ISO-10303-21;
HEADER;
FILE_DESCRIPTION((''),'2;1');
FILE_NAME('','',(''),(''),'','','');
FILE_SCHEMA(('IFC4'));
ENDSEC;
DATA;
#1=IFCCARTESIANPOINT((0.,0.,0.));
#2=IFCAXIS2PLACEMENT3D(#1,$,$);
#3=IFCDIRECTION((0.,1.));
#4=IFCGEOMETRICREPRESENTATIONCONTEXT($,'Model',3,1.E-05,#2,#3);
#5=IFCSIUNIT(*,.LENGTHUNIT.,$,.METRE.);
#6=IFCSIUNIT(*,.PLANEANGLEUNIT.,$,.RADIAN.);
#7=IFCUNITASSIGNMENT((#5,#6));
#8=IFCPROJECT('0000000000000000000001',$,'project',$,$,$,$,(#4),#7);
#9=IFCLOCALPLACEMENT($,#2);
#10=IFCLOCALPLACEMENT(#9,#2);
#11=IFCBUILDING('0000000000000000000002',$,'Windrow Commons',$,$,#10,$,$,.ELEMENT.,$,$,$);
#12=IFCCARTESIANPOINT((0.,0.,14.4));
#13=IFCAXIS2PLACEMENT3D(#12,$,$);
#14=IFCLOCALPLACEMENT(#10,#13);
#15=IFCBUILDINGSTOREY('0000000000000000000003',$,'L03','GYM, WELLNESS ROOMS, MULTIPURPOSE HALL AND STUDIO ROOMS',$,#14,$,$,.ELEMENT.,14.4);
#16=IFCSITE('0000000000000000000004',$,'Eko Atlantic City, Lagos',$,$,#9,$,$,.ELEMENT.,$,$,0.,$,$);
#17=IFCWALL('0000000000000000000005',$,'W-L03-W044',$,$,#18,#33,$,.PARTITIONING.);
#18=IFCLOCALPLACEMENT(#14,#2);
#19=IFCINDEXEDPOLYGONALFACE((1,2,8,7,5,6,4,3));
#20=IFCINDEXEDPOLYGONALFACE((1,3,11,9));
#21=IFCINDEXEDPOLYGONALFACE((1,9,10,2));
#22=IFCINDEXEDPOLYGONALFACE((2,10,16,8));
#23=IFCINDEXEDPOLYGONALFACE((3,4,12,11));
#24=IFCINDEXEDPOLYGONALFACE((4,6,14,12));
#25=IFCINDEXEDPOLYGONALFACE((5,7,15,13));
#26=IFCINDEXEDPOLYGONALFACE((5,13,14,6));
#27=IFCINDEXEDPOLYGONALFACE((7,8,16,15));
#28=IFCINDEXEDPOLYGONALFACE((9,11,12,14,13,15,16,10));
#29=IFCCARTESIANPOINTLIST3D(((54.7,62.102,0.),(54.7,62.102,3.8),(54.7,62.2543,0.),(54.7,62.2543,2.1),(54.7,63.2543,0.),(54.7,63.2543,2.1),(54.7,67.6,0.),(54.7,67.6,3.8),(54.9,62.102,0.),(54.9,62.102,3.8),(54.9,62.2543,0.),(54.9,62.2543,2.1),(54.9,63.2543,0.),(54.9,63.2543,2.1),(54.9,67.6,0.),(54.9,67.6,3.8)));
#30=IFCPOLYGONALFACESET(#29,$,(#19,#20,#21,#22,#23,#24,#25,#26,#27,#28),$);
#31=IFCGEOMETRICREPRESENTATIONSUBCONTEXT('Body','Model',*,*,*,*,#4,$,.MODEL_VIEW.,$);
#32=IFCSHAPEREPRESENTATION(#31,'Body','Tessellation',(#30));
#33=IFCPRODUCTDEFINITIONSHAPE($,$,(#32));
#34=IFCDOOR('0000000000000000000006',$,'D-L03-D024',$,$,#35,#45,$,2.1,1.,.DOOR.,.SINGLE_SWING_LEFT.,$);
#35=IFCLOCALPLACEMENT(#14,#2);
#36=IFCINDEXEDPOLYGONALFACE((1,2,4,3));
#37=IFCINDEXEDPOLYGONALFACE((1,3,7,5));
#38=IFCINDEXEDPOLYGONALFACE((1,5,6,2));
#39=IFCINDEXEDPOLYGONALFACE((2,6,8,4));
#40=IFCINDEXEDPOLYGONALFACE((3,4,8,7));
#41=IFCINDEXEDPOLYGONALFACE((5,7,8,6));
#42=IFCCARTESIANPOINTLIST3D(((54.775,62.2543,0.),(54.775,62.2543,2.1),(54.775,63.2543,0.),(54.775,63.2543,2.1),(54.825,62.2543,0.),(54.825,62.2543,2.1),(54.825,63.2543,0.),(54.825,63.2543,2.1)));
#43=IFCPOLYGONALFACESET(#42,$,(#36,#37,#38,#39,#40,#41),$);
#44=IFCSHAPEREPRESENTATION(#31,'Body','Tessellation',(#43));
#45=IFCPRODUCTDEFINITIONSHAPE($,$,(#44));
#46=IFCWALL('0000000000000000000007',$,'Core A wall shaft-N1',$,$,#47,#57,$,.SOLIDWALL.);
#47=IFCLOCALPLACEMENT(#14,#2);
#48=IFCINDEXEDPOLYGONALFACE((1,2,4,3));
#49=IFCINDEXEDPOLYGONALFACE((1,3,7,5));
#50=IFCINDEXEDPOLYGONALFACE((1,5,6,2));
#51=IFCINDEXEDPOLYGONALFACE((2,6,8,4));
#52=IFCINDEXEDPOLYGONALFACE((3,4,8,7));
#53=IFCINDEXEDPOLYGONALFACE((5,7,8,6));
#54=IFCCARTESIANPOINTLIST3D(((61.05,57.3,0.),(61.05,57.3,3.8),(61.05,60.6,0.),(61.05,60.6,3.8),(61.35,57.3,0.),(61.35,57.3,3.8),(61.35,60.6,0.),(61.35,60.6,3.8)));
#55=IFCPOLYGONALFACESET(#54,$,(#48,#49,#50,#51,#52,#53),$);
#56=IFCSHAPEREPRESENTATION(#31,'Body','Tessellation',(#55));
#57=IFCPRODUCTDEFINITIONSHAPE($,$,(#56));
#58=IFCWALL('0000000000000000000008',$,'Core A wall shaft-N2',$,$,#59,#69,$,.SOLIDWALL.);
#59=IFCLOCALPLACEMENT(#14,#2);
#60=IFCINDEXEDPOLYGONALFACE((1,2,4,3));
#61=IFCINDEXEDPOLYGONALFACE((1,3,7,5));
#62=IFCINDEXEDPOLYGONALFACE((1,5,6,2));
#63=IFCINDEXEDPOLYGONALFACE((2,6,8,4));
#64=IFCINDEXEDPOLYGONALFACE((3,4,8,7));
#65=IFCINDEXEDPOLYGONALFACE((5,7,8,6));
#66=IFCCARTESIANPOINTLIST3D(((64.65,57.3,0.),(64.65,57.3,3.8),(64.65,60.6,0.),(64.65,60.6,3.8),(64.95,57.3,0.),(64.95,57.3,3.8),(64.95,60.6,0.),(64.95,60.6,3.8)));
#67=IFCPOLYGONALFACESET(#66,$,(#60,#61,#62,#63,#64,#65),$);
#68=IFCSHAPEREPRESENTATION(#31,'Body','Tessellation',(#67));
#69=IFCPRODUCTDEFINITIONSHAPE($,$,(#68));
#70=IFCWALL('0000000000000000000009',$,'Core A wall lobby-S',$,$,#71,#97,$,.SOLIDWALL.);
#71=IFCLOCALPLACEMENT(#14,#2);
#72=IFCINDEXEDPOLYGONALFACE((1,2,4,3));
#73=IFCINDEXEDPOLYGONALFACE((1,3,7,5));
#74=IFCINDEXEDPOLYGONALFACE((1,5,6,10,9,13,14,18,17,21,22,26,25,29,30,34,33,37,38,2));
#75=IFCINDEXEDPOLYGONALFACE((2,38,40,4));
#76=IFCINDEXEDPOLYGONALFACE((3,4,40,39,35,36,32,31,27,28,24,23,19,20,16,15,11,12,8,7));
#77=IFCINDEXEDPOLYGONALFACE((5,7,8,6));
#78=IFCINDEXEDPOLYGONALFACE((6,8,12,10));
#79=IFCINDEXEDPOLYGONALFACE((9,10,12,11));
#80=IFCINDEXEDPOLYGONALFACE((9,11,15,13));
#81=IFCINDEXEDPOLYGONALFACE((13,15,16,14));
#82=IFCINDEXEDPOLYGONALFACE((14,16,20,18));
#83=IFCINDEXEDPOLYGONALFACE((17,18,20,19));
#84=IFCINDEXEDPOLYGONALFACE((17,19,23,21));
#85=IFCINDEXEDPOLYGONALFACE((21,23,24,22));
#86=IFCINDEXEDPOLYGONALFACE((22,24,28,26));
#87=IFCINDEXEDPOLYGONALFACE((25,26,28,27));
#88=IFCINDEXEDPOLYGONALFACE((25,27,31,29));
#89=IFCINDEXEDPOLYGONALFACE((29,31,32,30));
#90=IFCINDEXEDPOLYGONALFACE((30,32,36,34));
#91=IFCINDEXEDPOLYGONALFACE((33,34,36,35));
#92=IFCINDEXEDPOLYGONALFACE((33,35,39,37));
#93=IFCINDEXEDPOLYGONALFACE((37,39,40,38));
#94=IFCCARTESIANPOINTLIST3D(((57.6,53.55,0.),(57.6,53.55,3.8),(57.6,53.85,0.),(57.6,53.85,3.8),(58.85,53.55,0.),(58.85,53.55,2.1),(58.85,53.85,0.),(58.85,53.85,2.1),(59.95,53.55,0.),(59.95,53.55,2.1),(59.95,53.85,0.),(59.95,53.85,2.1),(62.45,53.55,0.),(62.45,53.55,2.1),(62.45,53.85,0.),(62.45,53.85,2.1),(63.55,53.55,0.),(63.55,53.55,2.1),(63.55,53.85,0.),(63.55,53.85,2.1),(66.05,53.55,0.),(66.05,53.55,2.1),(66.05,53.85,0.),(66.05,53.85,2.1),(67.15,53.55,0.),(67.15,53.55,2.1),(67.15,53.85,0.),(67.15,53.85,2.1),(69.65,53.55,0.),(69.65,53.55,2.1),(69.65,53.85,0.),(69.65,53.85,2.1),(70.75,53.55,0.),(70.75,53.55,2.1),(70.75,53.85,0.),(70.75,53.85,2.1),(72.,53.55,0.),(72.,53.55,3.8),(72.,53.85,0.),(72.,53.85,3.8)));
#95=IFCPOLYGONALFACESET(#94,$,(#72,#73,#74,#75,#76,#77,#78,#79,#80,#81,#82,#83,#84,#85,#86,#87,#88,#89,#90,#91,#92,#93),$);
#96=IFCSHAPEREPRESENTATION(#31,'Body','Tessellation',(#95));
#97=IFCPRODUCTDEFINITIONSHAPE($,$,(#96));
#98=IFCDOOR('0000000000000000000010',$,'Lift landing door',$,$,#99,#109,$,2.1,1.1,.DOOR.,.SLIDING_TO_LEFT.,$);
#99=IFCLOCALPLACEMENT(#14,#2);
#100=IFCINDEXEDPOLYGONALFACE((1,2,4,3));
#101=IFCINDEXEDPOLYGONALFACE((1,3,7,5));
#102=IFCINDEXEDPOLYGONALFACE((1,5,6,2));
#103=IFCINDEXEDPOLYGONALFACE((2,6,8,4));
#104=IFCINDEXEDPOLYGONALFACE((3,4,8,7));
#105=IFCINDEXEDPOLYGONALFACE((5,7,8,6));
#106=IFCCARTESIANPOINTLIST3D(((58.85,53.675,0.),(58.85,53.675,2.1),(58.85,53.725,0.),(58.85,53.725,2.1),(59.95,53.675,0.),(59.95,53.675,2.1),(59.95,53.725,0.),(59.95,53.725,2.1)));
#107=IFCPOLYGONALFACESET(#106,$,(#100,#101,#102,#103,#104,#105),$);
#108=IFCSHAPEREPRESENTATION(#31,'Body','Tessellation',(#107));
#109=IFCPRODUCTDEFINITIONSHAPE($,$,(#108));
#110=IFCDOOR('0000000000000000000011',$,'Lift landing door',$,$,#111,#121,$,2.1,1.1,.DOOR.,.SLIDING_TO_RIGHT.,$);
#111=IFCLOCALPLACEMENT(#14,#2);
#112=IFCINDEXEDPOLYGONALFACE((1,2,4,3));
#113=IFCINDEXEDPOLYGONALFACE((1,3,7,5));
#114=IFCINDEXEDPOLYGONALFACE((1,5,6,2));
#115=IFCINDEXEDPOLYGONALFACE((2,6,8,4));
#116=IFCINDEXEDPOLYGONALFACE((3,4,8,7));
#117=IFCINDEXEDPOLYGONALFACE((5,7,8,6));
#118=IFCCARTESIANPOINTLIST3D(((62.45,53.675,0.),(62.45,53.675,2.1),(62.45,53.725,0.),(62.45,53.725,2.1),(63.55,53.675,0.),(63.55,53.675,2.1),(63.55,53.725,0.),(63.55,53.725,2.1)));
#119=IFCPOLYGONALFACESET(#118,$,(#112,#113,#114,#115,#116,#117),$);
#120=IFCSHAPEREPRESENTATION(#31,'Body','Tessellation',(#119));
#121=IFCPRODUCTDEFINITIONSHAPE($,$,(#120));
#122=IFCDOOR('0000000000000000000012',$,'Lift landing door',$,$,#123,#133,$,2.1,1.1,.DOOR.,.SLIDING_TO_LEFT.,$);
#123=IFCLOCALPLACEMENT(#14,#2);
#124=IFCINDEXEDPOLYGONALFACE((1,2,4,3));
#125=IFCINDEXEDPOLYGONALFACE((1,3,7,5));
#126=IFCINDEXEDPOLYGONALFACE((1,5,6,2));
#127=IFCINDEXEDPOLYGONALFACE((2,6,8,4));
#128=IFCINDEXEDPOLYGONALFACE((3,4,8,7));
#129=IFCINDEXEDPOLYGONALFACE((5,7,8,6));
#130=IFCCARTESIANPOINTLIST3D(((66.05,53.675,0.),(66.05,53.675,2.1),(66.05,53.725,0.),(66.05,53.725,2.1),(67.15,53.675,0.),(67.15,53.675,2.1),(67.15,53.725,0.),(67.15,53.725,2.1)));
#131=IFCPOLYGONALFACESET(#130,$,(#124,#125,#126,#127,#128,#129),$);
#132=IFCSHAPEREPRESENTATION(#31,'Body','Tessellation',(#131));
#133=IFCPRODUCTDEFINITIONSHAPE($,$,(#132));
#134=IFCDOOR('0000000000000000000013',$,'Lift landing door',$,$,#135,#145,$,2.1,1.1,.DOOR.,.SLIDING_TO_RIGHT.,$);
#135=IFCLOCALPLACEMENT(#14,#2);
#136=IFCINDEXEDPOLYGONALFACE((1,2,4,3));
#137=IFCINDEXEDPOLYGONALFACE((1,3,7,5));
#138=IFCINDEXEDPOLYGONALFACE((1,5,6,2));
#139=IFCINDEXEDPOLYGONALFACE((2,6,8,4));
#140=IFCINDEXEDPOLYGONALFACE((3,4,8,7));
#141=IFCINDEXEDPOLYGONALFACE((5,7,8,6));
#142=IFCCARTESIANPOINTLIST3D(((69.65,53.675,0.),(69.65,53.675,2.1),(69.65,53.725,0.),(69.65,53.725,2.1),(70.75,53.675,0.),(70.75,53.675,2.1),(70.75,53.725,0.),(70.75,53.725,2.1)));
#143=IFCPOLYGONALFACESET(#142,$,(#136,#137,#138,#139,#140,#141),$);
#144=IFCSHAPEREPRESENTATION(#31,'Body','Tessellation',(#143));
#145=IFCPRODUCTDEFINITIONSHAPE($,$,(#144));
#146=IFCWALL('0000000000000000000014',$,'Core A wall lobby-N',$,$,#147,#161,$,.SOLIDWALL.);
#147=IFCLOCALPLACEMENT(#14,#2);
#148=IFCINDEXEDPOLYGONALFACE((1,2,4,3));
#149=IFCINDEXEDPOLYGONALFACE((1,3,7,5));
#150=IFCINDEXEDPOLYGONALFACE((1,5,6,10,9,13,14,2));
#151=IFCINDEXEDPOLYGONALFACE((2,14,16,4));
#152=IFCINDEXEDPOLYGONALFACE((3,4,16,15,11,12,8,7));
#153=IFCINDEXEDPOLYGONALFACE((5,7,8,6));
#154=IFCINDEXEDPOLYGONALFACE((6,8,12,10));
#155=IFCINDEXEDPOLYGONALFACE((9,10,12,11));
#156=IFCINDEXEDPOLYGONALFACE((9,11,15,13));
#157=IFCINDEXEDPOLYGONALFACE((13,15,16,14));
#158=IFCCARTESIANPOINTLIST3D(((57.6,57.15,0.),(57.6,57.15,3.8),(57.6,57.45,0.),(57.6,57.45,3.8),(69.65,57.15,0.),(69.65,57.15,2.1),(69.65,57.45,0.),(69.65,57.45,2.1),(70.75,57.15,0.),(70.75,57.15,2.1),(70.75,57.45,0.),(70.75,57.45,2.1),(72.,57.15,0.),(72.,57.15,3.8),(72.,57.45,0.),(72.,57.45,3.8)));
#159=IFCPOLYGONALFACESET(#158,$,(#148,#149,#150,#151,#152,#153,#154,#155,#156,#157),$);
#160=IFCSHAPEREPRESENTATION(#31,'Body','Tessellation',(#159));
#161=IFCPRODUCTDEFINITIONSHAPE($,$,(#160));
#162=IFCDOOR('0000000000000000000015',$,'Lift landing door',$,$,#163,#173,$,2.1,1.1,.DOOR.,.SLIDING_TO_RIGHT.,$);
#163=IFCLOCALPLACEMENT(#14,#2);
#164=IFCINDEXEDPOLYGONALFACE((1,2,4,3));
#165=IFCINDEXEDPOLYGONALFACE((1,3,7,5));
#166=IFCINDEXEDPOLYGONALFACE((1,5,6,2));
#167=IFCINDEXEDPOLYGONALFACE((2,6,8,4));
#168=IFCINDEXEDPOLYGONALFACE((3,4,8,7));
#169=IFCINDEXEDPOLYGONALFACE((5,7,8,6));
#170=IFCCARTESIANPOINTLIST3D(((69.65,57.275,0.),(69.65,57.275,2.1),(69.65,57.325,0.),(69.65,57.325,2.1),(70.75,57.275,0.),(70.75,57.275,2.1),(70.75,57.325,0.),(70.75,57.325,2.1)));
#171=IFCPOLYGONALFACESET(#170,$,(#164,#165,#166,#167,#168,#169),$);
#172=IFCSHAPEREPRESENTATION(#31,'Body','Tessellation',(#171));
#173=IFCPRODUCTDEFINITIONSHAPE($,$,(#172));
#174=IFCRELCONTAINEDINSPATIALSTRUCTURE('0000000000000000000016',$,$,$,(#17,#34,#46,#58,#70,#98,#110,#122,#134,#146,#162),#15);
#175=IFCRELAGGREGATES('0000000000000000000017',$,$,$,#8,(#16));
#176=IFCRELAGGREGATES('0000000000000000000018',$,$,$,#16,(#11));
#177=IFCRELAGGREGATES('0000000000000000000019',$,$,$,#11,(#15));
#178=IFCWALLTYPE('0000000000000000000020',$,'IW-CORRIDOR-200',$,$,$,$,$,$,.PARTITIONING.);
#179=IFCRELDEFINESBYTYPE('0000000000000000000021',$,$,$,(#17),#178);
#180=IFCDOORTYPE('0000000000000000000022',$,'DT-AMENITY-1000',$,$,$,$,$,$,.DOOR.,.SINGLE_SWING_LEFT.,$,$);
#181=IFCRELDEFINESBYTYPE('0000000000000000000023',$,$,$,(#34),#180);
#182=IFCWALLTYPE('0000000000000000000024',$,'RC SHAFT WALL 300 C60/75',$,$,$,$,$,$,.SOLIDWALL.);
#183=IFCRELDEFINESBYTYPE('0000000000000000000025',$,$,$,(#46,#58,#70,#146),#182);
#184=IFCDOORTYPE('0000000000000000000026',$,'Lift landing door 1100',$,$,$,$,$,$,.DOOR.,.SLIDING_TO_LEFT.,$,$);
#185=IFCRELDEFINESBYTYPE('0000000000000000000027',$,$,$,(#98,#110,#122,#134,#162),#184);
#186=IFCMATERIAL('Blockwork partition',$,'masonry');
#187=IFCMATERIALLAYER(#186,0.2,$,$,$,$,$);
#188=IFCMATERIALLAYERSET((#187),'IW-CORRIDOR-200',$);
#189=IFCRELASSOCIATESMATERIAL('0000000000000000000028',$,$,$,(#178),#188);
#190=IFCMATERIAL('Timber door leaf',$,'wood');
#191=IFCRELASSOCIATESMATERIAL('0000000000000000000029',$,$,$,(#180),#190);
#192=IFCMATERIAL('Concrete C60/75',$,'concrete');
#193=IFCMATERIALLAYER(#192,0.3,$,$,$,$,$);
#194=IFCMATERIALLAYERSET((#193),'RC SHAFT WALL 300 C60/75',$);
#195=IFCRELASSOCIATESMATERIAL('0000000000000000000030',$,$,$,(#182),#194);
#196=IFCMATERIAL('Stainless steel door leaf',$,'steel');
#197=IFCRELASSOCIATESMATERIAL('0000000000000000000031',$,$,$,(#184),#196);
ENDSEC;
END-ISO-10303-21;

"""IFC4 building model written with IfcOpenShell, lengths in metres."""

from ifc_helpers import new_model, si_unit, direction, frame, frame_2d, origin, place, context, subcontext, project, spatial, rectangle, extrude, material, layer, layer_set, type_object, element, fill, save


model = new_model("IFC4")

# Units and contexts
model_context = context("Model", 3, precision=1e-05, world=origin(), true_north=direction((0.0, 1.0)))
body_context = subcontext(model_context, "Body", "Model", "MODEL_VIEW")
ifc_project = project(units=[si_unit("LENGTHUNIT", "METRE"), si_unit("PLANEANGLEUNIT", "RADIAN")], contexts=[model_context])

# Site, building, storey
site_placement = place(None, origin())
site = spatial("IfcSite", under=ifc_project, at=site_placement, Name="Eko Atlantic City, Lagos", CompositionType="ELEMENT", RefElevation=0.0)
building_placement = place(site_placement, origin())
building = spatial("IfcBuilding", under=site, at=building_placement, Name="Windrow Commons", CompositionType="ELEMENT")
storey_placement = place(building_placement, frame((0.0, 0.0, 14.4)))
storey = spatial("IfcBuildingStorey", under=building, at=storey_placement, Name="L03", Description="GYM, WELLNESS ROOMS, MULTIPURPOSE HALL AND STUDIO ROOMS", CompositionType="ELEMENT", Elevation=14.4)

# Wall, opening, door
ifc_material_1 = material(Name="Blockwork partition", Category="masonry")
ifc_layer_1 = layer(ifc_material_1, 0.2)
ifc_layer_set_1 = layer_set([ifc_layer_1], Name="IW-CORRIDOR-200")
wall_type_1 = type_object("IfcWallType", Name="IW-CORRIDOR-200", PredefinedType="PARTITIONING", material=ifc_layer_set_1)
wall_1_placement = place(storey_placement, frame((54.8, 62.102, 0.0), z_axis=(0.0, 0.0, 1.0), x_axis=(0.0, 1.0, 0.0)))
wall_1 = element("IfcWall", 1, at=wall_1_placement, inside=storey, type_object=wall_type_1, Name="W-L03-W044", PredefinedType="PARTITIONING", context=body_context, shape_type="SweptSolid", body=[
    extrude(rectangle(XDim=5.498, YDim=0.2, at=frame_2d((2.749, 0.0))), origin(), (0.0, 0.0, 1.0), 3.8),
])
opening_1_placement = place(wall_1_placement, frame((0.1523, 0.0, 0.0)))
opening_1 = element("IfcOpeningElement", 2, at=opening_1_placement, cuts=wall_1, PredefinedType="OPENING", context=body_context, shape_type="SweptSolid", body=[
    extrude(rectangle(XDim=1.0, YDim=2.1, at=frame_2d((0.5, 1.05))), frame((0.0, 0.11, 0.0), z_axis=(0.0, -1.0, 0.0), x_axis=(1.0, 0.0, 0.0)), (0.0, 0.0, 1.0), 0.22),
])
ifc_material_2 = material(Name="Timber door leaf", Category="wood")
door_type_1 = type_object("IfcDoorType", Name="DT-AMENITY-1000", OperationType="SINGLE_SWING_LEFT", PredefinedType="DOOR", material=ifc_material_2)
door_1_placement = place(opening_1_placement, origin())
door_1 = element("IfcDoor", 3, at=door_1_placement, inside=storey, type_object=door_type_1, Name="D-L03-D024", OperationType="SINGLE_SWING_LEFT", OverallHeight=2.1, OverallWidth=1.0, PredefinedType="DOOR", context=body_context, shape_type="SweptSolid", body=[
    extrude(rectangle(XDim=1.0, YDim=2.1, at=frame_2d((0.5, 1.05))), frame((0.0, 0.025, 0.0), z_axis=(0.0, -1.0, 0.0), x_axis=(1.0, 0.0, 0.0)), (0.0, 0.0, 1.0), 0.05),
])
fill(opening_1, door_1)

# Walls
ifc_material_3 = material(Name="Concrete C60/75", Category="concrete")
ifc_layer_2 = layer(ifc_material_3, 0.3)
ifc_layer_set_2 = layer_set([ifc_layer_2], Name="RC SHAFT WALL 300 C60/75")
wall_type_2 = type_object("IfcWallType", Name="RC SHAFT WALL 300 C60/75", PredefinedType="SOLIDWALL", material=ifc_layer_set_2)
for number, where, z_axis, x_axis, name in (
    (4, (61.2, 57.3, 0.0), (0.0, 0.0, 1.0), (0.0, 1.0, 0.0), "Core A wall shaft-N1"),
    (5, (64.8, 57.3, 0.0), (0.0, 0.0, 1.0), (0.0, 1.0, 0.0), "Core A wall shaft-N2"),
):
    element("IfcWall", number, at=place(storey_placement, frame(where, z_axis=z_axis, x_axis=x_axis)), inside=storey, type_object=wall_type_2, Name=name, PredefinedType="SOLIDWALL", context=body_context, shape_type="SweptSolid", body=[
        extrude(rectangle(XDim=3.3, YDim=0.3, at=frame_2d((1.65, 0.0))), origin(), (0.0, 0.0, 1.0), 3.8),
    ])

# Wall, openings, doors
wall_2_placement = place(storey_placement, frame((57.6, 53.7, 0.0), z_axis=(0.0, 0.0, 1.0), x_axis=(1.0, 0.0, 0.0)))
wall_2 = element("IfcWall", 6, at=wall_2_placement, inside=storey, type_object=wall_type_2, Name="Core A wall lobby-S", PredefinedType="SOLIDWALL", context=body_context, shape_type="SweptSolid", body=[
    extrude(rectangle(XDim=14.4, YDim=0.3, at=frame_2d((7.2, 0.0))), origin(), (0.0, 0.0, 1.0), 3.8),
])
opening_2_placement = place(wall_2_placement, frame((1.25, 0.0, 0.0)))
opening_2 = element("IfcOpeningElement", 7, at=opening_2_placement, cuts=wall_2, PredefinedType="OPENING", context=body_context, shape_type="SweptSolid", body=[
    extrude(rectangle(XDim=1.1, YDim=2.1, at=frame_2d((0.55, 1.05))), frame((0.0, 0.16, 0.0), z_axis=(0.0, -1.0, 0.0), x_axis=(1.0, 0.0, 0.0)), (0.0, 0.0, 1.0), 0.32),
])
opening_3_placement = place(wall_2_placement, frame((4.85, 0.0, 0.0)))
opening_3 = element("IfcOpeningElement", 8, at=opening_3_placement, cuts=wall_2, PredefinedType="OPENING", context=body_context, shape_type="SweptSolid", body=[
    extrude(rectangle(XDim=1.1, YDim=2.1, at=frame_2d((0.55, 1.05))), frame((0.0, 0.16, 0.0), z_axis=(0.0, -1.0, 0.0), x_axis=(1.0, 0.0, 0.0)), (0.0, 0.0, 1.0), 0.32),
])
opening_4_placement = place(wall_2_placement, frame((8.45, 0.0, 0.0)))
opening_4 = element("IfcOpeningElement", 9, at=opening_4_placement, cuts=wall_2, PredefinedType="OPENING", context=body_context, shape_type="SweptSolid", body=[
    extrude(rectangle(XDim=1.1, YDim=2.1, at=frame_2d((0.55, 1.05))), frame((0.0, 0.16, 0.0), z_axis=(0.0, -1.0, 0.0), x_axis=(1.0, 0.0, 0.0)), (0.0, 0.0, 1.0), 0.32),
])
opening_5_placement = place(wall_2_placement, frame((12.05, 0.0, 0.0)))
opening_5 = element("IfcOpeningElement", 10, at=opening_5_placement, cuts=wall_2, PredefinedType="OPENING", context=body_context, shape_type="SweptSolid", body=[
    extrude(rectangle(XDim=1.1, YDim=2.1, at=frame_2d((0.55, 1.05))), frame((0.0, 0.16, 0.0), z_axis=(0.0, -1.0, 0.0), x_axis=(1.0, 0.0, 0.0)), (0.0, 0.0, 1.0), 0.32),
])
ifc_material_4 = material(Name="Stainless steel door leaf", Category="steel")
door_type_2 = type_object("IfcDoorType", Name="Lift landing door 1100", OperationType="SLIDING_TO_LEFT", PredefinedType="DOOR", material=ifc_material_4)
door_2_placement = place(opening_2_placement, origin())
door_2 = element("IfcDoor", 11, at=door_2_placement, inside=storey, type_object=door_type_2, Name="Lift landing door", OperationType="SLIDING_TO_LEFT", OverallHeight=2.1, OverallWidth=1.1, PredefinedType="DOOR", context=body_context, shape_type="SweptSolid", body=[
    extrude(rectangle(XDim=1.1, YDim=2.1, at=frame_2d((0.55, 1.05))), frame((0.0, 0.025, 0.0), z_axis=(0.0, -1.0, 0.0), x_axis=(1.0, 0.0, 0.0)), (0.0, 0.0, 1.0), 0.05),
])
fill(opening_2, door_2)
door_3_placement = place(opening_3_placement, origin())
door_3 = element("IfcDoor", 12, at=door_3_placement, inside=storey, type_object=door_type_2, Name="Lift landing door", OperationType="SLIDING_TO_RIGHT", OverallHeight=2.1, OverallWidth=1.1, PredefinedType="DOOR", context=body_context, shape_type="SweptSolid", body=[
    extrude(rectangle(XDim=1.1, YDim=2.1, at=frame_2d((0.55, 1.05))), frame((0.0, 0.025, 0.0), z_axis=(0.0, -1.0, 0.0), x_axis=(1.0, 0.0, 0.0)), (0.0, 0.0, 1.0), 0.05),
])
fill(opening_3, door_3)
door_4_placement = place(opening_4_placement, origin())
door_4 = element("IfcDoor", 13, at=door_4_placement, inside=storey, type_object=door_type_2, Name="Lift landing door", OperationType="SLIDING_TO_LEFT", OverallHeight=2.1, OverallWidth=1.1, PredefinedType="DOOR", context=body_context, shape_type="SweptSolid", body=[
    extrude(rectangle(XDim=1.1, YDim=2.1, at=frame_2d((0.55, 1.05))), frame((0.0, 0.025, 0.0), z_axis=(0.0, -1.0, 0.0), x_axis=(1.0, 0.0, 0.0)), (0.0, 0.0, 1.0), 0.05),
])
fill(opening_4, door_4)
door_5_placement = place(opening_5_placement, origin())
door_5 = element("IfcDoor", 14, at=door_5_placement, inside=storey, type_object=door_type_2, Name="Lift landing door", OperationType="SLIDING_TO_RIGHT", OverallHeight=2.1, OverallWidth=1.1, PredefinedType="DOOR", context=body_context, shape_type="SweptSolid", body=[
    extrude(rectangle(XDim=1.1, YDim=2.1, at=frame_2d((0.55, 1.05))), frame((0.0, 0.025, 0.0), z_axis=(0.0, -1.0, 0.0), x_axis=(1.0, 0.0, 0.0)), (0.0, 0.0, 1.0), 0.05),
])
fill(opening_5, door_5)

# Wall, opening, door
wall_3_placement = place(storey_placement, frame((57.6, 57.3, 0.0), z_axis=(0.0, 0.0, 1.0), x_axis=(1.0, 0.0, 0.0)))
wall_3 = element("IfcWall", 15, at=wall_3_placement, inside=storey, type_object=wall_type_2, Name="Core A wall lobby-N", PredefinedType="SOLIDWALL", context=body_context, shape_type="SweptSolid", body=[
    extrude(rectangle(XDim=14.4, YDim=0.3, at=frame_2d((7.2, 0.0))), origin(), (0.0, 0.0, 1.0), 3.8),
])
opening_6_placement = place(wall_3_placement, frame((12.05, 0.0, 0.0)))
opening_6 = element("IfcOpeningElement", 16, at=opening_6_placement, cuts=wall_3, PredefinedType="OPENING", context=body_context, shape_type="SweptSolid", body=[
    extrude(rectangle(XDim=1.1, YDim=2.1, at=frame_2d((0.55, 1.05))), frame((0.0, 0.16, 0.0), z_axis=(0.0, -1.0, 0.0), x_axis=(1.0, 0.0, 0.0)), (0.0, 0.0, 1.0), 0.32),
])
door_6_placement = place(opening_6_placement, origin())
door_6 = element("IfcDoor", 17, at=door_6_placement, inside=storey, type_object=door_type_2, Name="Lift landing door", OperationType="SLIDING_TO_RIGHT", OverallHeight=2.1, OverallWidth=1.1, PredefinedType="DOOR", context=body_context, shape_type="SweptSolid", body=[
    extrude(rectangle(XDim=1.1, YDim=2.1, at=frame_2d((0.55, 1.05))), frame((0.0, 0.025, 0.0), z_axis=(0.0, -1.0, 0.0), x_axis=(1.0, 0.0, 0.0)), (0.0, 0.0, 1.0), 0.05),
])
fill(opening_6, door_6)

save(model, "model.ifc")
